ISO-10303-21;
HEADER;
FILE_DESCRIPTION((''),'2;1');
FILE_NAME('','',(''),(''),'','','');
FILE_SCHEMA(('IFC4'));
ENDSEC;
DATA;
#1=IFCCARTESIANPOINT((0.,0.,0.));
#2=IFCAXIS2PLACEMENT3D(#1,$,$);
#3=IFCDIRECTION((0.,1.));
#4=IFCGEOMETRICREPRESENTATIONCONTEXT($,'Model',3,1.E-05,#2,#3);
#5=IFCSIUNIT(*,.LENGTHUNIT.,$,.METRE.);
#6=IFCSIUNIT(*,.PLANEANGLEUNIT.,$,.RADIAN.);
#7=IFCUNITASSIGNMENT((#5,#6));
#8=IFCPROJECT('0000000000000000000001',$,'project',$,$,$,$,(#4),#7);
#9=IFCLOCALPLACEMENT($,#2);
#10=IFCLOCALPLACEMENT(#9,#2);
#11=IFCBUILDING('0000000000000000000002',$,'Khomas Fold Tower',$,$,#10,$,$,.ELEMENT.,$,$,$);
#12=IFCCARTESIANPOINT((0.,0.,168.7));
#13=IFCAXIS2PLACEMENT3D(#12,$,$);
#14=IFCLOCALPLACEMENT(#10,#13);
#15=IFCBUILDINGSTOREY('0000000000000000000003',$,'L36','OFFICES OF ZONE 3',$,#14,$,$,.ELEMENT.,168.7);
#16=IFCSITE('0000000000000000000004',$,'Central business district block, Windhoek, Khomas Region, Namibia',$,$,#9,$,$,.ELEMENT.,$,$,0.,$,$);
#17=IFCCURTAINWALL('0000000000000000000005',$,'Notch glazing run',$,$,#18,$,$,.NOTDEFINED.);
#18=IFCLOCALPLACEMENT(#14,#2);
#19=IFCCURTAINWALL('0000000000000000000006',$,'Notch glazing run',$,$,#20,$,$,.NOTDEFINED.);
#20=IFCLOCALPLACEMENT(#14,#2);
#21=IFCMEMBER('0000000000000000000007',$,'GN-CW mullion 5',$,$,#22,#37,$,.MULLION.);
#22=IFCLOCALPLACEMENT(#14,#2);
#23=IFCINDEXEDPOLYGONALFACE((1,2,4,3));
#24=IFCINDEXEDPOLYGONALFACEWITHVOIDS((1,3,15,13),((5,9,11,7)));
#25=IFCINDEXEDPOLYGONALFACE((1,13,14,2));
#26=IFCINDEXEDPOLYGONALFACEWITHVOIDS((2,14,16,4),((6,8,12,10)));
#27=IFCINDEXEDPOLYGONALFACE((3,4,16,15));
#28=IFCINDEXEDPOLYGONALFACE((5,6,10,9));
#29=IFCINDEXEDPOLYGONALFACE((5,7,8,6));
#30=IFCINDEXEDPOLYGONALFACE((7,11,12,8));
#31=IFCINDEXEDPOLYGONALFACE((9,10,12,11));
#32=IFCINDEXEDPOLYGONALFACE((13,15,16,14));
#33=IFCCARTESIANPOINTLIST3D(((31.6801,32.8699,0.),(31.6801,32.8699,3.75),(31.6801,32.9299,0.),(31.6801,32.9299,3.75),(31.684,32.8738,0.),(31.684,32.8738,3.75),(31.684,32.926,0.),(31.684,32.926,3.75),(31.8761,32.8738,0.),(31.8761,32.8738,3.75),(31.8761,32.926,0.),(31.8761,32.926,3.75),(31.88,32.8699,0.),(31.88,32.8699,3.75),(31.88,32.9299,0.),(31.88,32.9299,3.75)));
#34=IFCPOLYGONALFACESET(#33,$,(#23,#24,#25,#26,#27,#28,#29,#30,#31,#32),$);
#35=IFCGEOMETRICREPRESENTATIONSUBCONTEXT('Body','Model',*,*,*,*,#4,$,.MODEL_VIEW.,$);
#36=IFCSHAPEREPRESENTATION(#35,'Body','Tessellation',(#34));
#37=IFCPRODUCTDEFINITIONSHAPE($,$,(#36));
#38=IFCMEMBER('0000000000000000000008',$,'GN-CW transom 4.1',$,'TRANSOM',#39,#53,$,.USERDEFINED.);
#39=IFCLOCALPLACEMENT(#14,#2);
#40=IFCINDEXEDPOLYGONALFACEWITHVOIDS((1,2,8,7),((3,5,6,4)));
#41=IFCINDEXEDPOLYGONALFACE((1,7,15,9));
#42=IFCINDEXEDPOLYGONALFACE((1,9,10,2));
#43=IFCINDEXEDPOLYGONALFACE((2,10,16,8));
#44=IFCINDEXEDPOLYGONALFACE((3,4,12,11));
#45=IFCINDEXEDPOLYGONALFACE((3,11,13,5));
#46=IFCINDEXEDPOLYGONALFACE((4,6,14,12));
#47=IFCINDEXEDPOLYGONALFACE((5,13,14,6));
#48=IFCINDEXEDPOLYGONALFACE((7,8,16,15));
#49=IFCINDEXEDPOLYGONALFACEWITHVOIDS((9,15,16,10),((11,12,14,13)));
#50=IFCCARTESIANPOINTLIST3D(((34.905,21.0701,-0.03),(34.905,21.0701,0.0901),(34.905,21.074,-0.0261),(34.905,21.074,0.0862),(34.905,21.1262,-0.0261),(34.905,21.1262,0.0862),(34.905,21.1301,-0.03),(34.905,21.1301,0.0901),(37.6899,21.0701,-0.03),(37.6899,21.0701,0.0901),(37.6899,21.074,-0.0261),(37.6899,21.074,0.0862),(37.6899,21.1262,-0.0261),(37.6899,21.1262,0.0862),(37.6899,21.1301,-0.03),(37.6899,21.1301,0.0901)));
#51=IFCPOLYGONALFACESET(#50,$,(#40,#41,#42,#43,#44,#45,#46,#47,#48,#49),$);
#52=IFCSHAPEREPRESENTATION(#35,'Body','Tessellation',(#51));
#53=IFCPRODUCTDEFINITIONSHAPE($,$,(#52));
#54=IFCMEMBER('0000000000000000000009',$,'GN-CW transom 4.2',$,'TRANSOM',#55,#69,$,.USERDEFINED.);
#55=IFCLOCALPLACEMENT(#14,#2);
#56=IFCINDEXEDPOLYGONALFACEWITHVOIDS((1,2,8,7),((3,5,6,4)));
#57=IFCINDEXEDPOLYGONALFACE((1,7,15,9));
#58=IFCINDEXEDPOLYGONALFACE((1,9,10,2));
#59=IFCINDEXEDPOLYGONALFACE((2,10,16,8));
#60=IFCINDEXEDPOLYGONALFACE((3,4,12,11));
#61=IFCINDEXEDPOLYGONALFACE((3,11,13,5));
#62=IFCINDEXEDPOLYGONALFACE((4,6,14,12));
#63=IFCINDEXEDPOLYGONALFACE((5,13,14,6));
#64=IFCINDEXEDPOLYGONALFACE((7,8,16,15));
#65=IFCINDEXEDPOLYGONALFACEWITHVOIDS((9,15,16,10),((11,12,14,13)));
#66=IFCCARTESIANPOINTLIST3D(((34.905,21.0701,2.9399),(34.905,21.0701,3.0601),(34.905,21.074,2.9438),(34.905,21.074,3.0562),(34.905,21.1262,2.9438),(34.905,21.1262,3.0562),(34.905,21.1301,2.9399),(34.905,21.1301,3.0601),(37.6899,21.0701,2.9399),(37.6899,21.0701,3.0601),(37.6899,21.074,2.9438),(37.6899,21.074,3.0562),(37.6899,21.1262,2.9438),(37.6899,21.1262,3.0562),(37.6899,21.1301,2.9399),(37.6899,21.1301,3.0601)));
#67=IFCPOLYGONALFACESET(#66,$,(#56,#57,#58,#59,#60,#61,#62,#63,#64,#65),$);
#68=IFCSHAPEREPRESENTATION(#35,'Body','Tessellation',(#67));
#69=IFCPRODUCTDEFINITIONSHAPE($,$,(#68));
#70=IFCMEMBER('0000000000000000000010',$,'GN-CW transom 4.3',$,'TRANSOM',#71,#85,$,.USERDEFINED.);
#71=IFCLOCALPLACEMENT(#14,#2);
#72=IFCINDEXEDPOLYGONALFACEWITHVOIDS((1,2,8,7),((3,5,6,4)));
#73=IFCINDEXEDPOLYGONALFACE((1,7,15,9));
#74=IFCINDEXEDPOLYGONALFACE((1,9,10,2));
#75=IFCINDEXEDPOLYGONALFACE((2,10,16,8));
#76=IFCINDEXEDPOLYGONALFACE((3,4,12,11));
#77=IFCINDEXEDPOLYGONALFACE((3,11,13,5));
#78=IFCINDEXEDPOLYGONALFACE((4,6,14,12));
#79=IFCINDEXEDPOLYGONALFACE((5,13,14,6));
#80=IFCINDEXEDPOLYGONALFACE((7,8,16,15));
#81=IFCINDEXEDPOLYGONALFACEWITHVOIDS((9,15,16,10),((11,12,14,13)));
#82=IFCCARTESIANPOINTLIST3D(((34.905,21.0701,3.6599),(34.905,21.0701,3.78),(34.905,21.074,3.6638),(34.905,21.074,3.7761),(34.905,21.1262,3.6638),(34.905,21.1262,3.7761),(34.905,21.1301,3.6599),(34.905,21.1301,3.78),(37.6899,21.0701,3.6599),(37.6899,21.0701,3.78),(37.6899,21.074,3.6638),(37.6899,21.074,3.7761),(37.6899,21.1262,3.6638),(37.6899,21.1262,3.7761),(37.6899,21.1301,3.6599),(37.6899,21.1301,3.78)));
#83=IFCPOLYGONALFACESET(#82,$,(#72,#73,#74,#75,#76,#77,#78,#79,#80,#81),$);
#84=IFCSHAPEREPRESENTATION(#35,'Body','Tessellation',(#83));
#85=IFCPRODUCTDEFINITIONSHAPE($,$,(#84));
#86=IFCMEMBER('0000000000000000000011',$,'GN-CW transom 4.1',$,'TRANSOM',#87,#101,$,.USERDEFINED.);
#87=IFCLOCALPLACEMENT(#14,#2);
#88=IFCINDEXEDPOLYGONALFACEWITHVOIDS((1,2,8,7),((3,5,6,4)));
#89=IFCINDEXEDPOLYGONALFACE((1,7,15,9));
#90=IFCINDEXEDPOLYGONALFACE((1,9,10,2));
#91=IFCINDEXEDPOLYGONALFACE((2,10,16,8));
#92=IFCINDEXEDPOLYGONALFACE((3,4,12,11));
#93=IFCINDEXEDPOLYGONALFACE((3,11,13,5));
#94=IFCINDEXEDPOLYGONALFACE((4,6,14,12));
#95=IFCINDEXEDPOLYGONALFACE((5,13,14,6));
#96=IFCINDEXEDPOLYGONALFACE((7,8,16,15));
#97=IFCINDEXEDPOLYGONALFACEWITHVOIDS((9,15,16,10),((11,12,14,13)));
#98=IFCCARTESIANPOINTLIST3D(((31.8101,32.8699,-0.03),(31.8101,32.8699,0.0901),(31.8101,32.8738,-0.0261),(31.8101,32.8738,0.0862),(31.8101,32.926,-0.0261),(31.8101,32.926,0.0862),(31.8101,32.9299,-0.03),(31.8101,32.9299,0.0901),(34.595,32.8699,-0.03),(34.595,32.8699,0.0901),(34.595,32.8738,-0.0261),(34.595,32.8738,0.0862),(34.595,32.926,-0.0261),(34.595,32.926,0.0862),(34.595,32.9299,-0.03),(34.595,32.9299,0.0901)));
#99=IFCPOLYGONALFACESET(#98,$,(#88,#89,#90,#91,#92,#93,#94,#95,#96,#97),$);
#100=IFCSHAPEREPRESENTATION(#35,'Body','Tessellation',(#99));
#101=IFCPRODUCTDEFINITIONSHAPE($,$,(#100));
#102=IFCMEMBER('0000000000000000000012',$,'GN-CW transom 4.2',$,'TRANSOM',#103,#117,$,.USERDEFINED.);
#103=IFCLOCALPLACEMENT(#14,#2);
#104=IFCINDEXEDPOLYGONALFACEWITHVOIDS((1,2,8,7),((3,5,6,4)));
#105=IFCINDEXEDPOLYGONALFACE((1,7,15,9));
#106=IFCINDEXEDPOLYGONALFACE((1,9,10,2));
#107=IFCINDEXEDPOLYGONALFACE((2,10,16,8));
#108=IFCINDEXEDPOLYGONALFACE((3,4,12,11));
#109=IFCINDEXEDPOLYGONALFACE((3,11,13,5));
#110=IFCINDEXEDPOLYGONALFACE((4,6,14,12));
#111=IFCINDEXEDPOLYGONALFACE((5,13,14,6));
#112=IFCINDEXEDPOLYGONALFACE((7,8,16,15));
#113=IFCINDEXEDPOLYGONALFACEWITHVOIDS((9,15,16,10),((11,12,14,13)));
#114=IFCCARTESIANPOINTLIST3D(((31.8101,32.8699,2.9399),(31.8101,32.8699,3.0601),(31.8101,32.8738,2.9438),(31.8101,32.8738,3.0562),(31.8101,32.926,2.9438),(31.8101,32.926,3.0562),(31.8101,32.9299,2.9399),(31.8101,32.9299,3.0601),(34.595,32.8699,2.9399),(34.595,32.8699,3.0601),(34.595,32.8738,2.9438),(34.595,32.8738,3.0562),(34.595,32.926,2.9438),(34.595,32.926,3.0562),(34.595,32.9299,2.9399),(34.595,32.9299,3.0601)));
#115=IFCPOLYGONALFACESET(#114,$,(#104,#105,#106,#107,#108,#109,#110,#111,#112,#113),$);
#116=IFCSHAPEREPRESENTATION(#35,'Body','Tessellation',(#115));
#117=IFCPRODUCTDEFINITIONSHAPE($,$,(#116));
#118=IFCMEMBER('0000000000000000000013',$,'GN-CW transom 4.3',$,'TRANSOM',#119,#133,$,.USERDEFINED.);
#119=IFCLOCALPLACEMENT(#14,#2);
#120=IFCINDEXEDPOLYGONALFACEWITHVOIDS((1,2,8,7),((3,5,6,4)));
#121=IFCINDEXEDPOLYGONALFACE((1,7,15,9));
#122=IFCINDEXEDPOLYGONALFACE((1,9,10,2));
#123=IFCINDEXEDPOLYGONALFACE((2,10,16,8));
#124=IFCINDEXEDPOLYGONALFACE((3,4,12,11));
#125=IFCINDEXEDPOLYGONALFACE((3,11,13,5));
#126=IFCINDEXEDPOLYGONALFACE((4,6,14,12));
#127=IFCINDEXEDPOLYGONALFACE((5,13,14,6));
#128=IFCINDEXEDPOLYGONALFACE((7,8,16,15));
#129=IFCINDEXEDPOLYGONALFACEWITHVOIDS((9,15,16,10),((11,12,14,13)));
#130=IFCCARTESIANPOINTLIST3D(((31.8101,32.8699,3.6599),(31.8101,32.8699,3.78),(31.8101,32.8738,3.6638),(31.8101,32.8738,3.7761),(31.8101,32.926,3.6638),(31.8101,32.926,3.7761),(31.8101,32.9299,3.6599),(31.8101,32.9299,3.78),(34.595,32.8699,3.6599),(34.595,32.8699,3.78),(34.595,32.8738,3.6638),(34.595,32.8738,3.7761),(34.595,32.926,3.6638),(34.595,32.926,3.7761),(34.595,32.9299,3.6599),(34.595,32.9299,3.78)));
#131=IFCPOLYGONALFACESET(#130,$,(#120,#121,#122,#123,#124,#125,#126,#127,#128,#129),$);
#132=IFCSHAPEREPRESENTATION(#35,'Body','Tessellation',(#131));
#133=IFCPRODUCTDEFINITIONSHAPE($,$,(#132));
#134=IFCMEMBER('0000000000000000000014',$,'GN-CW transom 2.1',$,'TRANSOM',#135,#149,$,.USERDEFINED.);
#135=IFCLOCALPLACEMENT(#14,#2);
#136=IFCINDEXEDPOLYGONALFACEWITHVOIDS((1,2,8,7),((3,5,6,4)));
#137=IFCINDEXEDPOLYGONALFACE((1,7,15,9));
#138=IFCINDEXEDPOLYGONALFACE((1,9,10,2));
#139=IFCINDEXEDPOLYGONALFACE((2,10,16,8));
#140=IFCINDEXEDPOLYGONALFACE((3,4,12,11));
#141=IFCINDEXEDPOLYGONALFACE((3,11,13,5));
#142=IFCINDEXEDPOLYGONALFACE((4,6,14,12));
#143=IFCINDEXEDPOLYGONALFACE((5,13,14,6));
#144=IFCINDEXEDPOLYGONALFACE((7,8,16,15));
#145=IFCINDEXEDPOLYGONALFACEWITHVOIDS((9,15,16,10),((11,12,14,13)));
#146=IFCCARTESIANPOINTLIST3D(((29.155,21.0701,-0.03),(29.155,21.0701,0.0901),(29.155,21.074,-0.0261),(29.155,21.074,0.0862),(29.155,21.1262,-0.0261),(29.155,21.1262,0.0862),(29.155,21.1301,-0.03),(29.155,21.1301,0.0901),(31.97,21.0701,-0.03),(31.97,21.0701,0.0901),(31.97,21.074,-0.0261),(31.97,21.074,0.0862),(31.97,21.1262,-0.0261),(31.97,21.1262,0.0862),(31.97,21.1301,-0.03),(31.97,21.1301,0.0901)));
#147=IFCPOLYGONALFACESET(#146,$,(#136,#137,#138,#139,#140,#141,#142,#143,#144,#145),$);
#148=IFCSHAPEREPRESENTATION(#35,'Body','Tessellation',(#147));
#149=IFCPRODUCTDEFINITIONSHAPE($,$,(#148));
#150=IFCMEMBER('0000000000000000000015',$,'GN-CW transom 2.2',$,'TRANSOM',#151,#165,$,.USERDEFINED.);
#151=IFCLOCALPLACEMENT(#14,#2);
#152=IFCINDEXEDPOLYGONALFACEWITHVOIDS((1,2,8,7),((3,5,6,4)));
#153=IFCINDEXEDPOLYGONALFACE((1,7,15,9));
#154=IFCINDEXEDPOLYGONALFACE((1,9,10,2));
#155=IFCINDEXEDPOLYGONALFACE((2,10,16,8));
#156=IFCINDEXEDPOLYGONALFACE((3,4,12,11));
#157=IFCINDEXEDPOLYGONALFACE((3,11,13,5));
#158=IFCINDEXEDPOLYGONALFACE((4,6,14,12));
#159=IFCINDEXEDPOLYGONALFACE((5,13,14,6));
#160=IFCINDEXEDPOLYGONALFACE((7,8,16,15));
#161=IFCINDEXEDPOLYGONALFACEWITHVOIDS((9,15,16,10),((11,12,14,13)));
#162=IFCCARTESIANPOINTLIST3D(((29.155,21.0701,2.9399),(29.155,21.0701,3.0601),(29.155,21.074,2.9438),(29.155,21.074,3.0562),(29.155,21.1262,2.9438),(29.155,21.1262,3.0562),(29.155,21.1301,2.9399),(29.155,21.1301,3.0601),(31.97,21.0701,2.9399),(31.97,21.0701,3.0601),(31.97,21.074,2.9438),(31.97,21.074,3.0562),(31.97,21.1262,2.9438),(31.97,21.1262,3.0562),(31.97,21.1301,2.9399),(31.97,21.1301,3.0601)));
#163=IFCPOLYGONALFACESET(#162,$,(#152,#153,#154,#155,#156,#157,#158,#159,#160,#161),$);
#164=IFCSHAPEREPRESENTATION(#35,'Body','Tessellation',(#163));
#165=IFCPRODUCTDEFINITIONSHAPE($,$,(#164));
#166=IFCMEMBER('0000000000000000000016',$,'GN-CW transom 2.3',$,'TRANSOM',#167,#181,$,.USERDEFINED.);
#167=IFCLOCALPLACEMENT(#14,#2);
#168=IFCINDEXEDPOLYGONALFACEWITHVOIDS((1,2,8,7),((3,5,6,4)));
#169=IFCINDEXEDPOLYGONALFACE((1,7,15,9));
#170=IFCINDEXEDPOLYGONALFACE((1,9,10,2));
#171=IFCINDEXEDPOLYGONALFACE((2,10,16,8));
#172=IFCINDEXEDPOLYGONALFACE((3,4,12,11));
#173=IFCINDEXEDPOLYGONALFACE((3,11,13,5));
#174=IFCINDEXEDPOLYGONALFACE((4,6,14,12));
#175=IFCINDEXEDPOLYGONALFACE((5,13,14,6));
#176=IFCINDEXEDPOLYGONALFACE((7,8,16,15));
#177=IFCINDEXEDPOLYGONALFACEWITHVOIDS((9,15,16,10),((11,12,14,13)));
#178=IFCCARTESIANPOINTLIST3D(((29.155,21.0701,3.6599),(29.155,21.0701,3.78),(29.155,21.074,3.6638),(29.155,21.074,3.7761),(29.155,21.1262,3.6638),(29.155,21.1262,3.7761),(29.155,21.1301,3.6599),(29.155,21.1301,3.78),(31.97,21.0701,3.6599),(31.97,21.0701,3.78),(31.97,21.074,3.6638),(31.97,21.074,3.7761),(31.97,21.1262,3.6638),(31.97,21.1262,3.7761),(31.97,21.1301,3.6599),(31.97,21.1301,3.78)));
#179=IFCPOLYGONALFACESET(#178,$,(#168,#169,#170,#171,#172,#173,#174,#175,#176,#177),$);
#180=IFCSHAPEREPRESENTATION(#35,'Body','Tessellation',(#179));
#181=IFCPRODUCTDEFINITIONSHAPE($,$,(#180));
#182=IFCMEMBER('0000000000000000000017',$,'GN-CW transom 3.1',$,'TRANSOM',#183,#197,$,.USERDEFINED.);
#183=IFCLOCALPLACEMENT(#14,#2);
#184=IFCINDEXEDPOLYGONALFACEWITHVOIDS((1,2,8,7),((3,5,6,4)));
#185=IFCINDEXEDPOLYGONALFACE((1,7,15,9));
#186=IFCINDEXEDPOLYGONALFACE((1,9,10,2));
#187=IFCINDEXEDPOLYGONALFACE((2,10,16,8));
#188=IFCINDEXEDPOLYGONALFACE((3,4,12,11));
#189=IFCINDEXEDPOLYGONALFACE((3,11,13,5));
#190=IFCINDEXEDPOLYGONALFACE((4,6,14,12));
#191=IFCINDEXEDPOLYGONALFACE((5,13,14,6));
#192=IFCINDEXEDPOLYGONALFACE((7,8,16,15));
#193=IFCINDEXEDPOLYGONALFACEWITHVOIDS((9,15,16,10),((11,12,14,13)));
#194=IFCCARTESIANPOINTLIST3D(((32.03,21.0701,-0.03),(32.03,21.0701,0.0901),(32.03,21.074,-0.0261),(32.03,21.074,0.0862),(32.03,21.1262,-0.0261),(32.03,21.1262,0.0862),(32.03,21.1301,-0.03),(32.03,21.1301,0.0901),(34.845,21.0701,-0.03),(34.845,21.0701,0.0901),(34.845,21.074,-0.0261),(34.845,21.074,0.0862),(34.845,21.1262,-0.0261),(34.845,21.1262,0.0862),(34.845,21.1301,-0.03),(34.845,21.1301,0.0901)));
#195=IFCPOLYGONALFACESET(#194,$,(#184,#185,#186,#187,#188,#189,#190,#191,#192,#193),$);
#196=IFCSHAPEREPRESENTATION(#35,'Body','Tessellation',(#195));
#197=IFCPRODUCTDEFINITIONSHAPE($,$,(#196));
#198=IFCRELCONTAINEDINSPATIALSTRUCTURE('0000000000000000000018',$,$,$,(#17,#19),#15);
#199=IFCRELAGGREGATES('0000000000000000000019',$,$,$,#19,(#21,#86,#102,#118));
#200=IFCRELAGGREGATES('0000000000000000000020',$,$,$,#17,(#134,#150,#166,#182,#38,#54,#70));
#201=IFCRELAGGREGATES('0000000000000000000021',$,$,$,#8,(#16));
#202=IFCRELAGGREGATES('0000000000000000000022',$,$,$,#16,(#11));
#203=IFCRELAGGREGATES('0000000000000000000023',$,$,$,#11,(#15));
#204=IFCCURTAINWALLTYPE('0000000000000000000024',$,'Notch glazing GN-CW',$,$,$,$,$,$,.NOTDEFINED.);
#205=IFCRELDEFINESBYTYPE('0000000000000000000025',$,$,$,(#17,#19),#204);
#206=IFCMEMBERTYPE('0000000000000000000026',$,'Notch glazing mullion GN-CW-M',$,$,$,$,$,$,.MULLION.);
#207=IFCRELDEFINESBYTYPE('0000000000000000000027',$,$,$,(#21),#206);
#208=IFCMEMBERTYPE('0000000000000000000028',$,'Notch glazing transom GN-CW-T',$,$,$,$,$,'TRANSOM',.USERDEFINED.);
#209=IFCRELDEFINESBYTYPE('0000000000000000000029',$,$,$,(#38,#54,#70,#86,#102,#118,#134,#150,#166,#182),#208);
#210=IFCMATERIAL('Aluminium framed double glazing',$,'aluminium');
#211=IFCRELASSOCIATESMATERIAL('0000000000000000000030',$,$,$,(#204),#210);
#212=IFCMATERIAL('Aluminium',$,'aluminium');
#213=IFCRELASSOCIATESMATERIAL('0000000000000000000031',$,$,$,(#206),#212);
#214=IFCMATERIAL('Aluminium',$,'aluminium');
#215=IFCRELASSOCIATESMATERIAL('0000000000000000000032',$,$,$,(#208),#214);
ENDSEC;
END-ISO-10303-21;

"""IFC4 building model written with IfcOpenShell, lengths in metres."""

from ifc_helpers import new_model, si_unit, direction, frame, origin, origin_2d, place, context, subcontext, project, spatial, hollow_rectangle, extrude, source, transform, mapped, material, material_profile, profile_set, type_object, element, aggregate, save


model = new_model("IFC4")

# Units and contexts
model_context = context("Model", 3, precision=1e-05, world=origin(), true_north=direction((0.0, 1.0)))
body_context = subcontext(model_context, "Body", "Model", "MODEL_VIEW")
ifc_project = project(units=[si_unit("LENGTHUNIT", "METRE"), si_unit("PLANEANGLEUNIT", "RADIAN")], contexts=[model_context])

# Site, building, storey
site_placement = place(None, origin())
site = spatial("IfcSite", under=ifc_project, at=site_placement, Name="Central business district block, Windhoek, Khomas Region, Namibia", CompositionType="ELEMENT", RefElevation=0.0)
building_placement = place(site_placement, origin())
building = spatial("IfcBuilding", under=site, at=building_placement, Name="Khomas Fold Tower", CompositionType="ELEMENT")
storey_placement = place(building_placement, frame((0.0, 0.0, 168.7)))
storey = spatial("IfcBuildingStorey", under=building, at=storey_placement, Name="L36", Description="OFFICES OF ZONE 3", CompositionType="ELEMENT", Elevation=168.7)

# Curtain walls, member
ifc_material_1 = material(Name="Aluminium framed double glazing", Category="aluminium")
curtain_wall_type = type_object("IfcCurtainWallType", Name="Notch glazing GN-CW", PredefinedType="NOTDEFINED", material=ifc_material_1)
curtain_wall_1_placement = place(storey_placement, origin())
curtain_wall_1 = element("IfcCurtainWall", 1, at=curtain_wall_1_placement, inside=storey, type_object=curtain_wall_type, Name="Notch glazing run", PredefinedType="NOTDEFINED")
ifc_material_2 = material(Name="Aluminium", Category="aluminium")
ifc_material_profile_1 = material_profile(ifc_material_2, hollow_rectangle(XDim=0.0601, YDim=0.2, WallThickness=0.0039, at=origin_2d()), Name="Notch glazing mullion GN-CW-M")
ifc_profile_set_1 = profile_set([ifc_material_profile_1], Name="Aluminium")
member_type_1 = type_object("IfcMemberType", Name="Notch glazing mullion GN-CW-M", PredefinedType="MULLION", material=ifc_profile_set_1)
shared_shape_1 = source(origin(), body_context, "Body", "SweptSolid", [
    extrude(hollow_rectangle(XDim=0.0601, YDim=0.2, WallThickness=0.0039, at=origin_2d()), origin(), (0.0, 0.0, 1.0), 3.75),
])
curtain_wall_2_placement = place(storey_placement, origin())
curtain_wall_2 = element("IfcCurtainWall", 2, at=curtain_wall_2_placement, inside=storey, type_object=curtain_wall_type, Name="Notch glazing run", PredefinedType="NOTDEFINED")
member_1_placement = place(storey_placement, frame((31.78, 32.8999, 0.0), z_axis=(0.0, 0.0, 1.0), x_axis=(0.0, -1.0, 0.0)))
member_1 = element("IfcMember", 3, at=member_1_placement, type_object=member_type_1, Name="GN-CW mullion 5", PredefinedType="MULLION", context=body_context, shape_type="MappedRepresentation", body=[
    mapped(shared_shape_1, transform((0.0, 0.0, 0.0))),
])

# Members
ifc_material_3 = material(Name="Aluminium", Category="aluminium")
ifc_material_profile_2 = material_profile(ifc_material_3, hollow_rectangle(XDim=0.0601, YDim=0.1201, WallThickness=0.0039, at=origin_2d()), Name="Notch glazing transom GN-CW-T")
ifc_profile_set_2 = profile_set([ifc_material_profile_2], Name="Aluminium")
member_type_2 = type_object("IfcMemberType", Name="Notch glazing transom GN-CW-T", ElementType="TRANSOM", PredefinedType="USERDEFINED", material=ifc_profile_set_2)
shared_shape_2 = source(origin(), body_context, "Body", "SweptSolid", [
    extrude(hollow_rectangle(XDim=0.0601, YDim=0.1201, WallThickness=0.0039, at=origin_2d()), origin(), (0.0, 0.0, 1.0), 2.7849),
])
member_2_placement = place(storey_placement, frame((34.905, 21.1001, 0.03), z_axis=(1.0, 0.0, 0.0), x_axis=(0.0, 1.0, 0.0)))
member_2 = element("IfcMember", 4, at=member_2_placement, type_object=member_type_2, Name="GN-CW transom 4.1", ObjectType="TRANSOM", PredefinedType="USERDEFINED", context=body_context, shape_type="MappedRepresentation", body=[
    mapped(shared_shape_2, transform((0.0, 0.0, 0.0))),
])
member_3_placement = place(storey_placement, frame((34.905, 21.1001, 3.0), z_axis=(1.0, 0.0, 0.0), x_axis=(0.0, 1.0, 0.0)))
member_3 = element("IfcMember", 5, at=member_3_placement, type_object=member_type_2, Name="GN-CW transom 4.2", ObjectType="TRANSOM", PredefinedType="USERDEFINED", context=body_context, shape_type="MappedRepresentation", body=[
    mapped(shared_shape_2, transform((0.0, 0.0, 0.0))),
])
member_4_placement = place(storey_placement, frame((34.905, 21.1001, 3.72), z_axis=(1.0, 0.0, 0.0), x_axis=(0.0, 1.0, 0.0)))
member_4 = element("IfcMember", 6, at=member_4_placement, type_object=member_type_2, Name="GN-CW transom 4.3", ObjectType="TRANSOM", PredefinedType="USERDEFINED", context=body_context, shape_type="MappedRepresentation", body=[
    mapped(shared_shape_2, transform((0.0, 0.0, 0.0))),
])
member_5_placement = place(storey_placement, frame((34.595, 32.8999, 0.03), z_axis=(-1.0, 0.0, 0.0), x_axis=(0.0, -1.0, 0.0)))
member_5 = element("IfcMember", 7, at=member_5_placement, type_object=member_type_2, Name="GN-CW transom 4.1", ObjectType="TRANSOM", PredefinedType="USERDEFINED", context=body_context, shape_type="MappedRepresentation", body=[
    mapped(shared_shape_2, transform((0.0, 0.0, 0.0))),
])
member_6_placement = place(storey_placement, frame((34.595, 32.8999, 3.0), z_axis=(-1.0, 0.0, 0.0), x_axis=(0.0, -1.0, 0.0)))
member_6 = element("IfcMember", 8, at=member_6_placement, type_object=member_type_2, Name="GN-CW transom 4.2", ObjectType="TRANSOM", PredefinedType="USERDEFINED", context=body_context, shape_type="MappedRepresentation", body=[
    mapped(shared_shape_2, transform((0.0, 0.0, 0.0))),
])
member_7_placement = place(storey_placement, frame((34.595, 32.8999, 3.72), z_axis=(-1.0, 0.0, 0.0), x_axis=(0.0, -1.0, 0.0)))
member_7 = element("IfcMember", 9, at=member_7_placement, type_object=member_type_2, Name="GN-CW transom 4.3", ObjectType="TRANSOM", PredefinedType="USERDEFINED", context=body_context, shape_type="MappedRepresentation", body=[
    mapped(shared_shape_2, transform((0.0, 0.0, 0.0))),
])
shared_shape_3 = source(origin(), body_context, "Body", "SweptSolid", [
    extrude(hollow_rectangle(XDim=0.0601, YDim=0.1201, WallThickness=0.0039, at=origin_2d()), origin(), (0.0, 0.0, 1.0), 2.8149),
])
member_8_placement = place(storey_placement, frame((29.155, 21.1001, 0.03), z_axis=(1.0, 0.0, 0.0), x_axis=(0.0, 1.0, 0.0)))
member_8 = element("IfcMember", 10, at=member_8_placement, type_object=member_type_2, Name="GN-CW transom 2.1", ObjectType="TRANSOM", PredefinedType="USERDEFINED", context=body_context, shape_type="MappedRepresentation", body=[
    mapped(shared_shape_3, transform((0.0, 0.0, 0.0))),
])
member_9_placement = place(storey_placement, frame((29.155, 21.1001, 3.0), z_axis=(1.0, 0.0, 0.0), x_axis=(0.0, 1.0, 0.0)))
member_9 = element("IfcMember", 11, at=member_9_placement, type_object=member_type_2, Name="GN-CW transom 2.2", ObjectType="TRANSOM", PredefinedType="USERDEFINED", context=body_context, shape_type="MappedRepresentation", body=[
    mapped(shared_shape_3, transform((0.0, 0.0, 0.0))),
])
member_10_placement = place(storey_placement, frame((29.155, 21.1001, 3.72), z_axis=(1.0, 0.0, 0.0), x_axis=(0.0, 1.0, 0.0)))
member_10 = element("IfcMember", 12, at=member_10_placement, type_object=member_type_2, Name="GN-CW transom 2.3", ObjectType="TRANSOM", PredefinedType="USERDEFINED", context=body_context, shape_type="MappedRepresentation", body=[
    mapped(shared_shape_3, transform((0.0, 0.0, 0.0))),
])
member_11_placement = place(storey_placement, frame((32.03, 21.1001, 0.03), z_axis=(1.0, 0.0, 0.0), x_axis=(0.0, 1.0, 0.0)))
member_11 = element("IfcMember", 13, at=member_11_placement, type_object=member_type_2, Name="GN-CW transom 3.1", ObjectType="TRANSOM", PredefinedType="USERDEFINED", context=body_context, shape_type="MappedRepresentation", body=[
    mapped(shared_shape_3, transform((0.0, 0.0, 0.0))),
])

aggregate(curtain_wall_2, [member_1, member_5, member_6, member_7])
aggregate(curtain_wall_1, [member_8, member_9, member_10, member_11, member_2, member_3, member_4])

save(model, "model.ifc")
